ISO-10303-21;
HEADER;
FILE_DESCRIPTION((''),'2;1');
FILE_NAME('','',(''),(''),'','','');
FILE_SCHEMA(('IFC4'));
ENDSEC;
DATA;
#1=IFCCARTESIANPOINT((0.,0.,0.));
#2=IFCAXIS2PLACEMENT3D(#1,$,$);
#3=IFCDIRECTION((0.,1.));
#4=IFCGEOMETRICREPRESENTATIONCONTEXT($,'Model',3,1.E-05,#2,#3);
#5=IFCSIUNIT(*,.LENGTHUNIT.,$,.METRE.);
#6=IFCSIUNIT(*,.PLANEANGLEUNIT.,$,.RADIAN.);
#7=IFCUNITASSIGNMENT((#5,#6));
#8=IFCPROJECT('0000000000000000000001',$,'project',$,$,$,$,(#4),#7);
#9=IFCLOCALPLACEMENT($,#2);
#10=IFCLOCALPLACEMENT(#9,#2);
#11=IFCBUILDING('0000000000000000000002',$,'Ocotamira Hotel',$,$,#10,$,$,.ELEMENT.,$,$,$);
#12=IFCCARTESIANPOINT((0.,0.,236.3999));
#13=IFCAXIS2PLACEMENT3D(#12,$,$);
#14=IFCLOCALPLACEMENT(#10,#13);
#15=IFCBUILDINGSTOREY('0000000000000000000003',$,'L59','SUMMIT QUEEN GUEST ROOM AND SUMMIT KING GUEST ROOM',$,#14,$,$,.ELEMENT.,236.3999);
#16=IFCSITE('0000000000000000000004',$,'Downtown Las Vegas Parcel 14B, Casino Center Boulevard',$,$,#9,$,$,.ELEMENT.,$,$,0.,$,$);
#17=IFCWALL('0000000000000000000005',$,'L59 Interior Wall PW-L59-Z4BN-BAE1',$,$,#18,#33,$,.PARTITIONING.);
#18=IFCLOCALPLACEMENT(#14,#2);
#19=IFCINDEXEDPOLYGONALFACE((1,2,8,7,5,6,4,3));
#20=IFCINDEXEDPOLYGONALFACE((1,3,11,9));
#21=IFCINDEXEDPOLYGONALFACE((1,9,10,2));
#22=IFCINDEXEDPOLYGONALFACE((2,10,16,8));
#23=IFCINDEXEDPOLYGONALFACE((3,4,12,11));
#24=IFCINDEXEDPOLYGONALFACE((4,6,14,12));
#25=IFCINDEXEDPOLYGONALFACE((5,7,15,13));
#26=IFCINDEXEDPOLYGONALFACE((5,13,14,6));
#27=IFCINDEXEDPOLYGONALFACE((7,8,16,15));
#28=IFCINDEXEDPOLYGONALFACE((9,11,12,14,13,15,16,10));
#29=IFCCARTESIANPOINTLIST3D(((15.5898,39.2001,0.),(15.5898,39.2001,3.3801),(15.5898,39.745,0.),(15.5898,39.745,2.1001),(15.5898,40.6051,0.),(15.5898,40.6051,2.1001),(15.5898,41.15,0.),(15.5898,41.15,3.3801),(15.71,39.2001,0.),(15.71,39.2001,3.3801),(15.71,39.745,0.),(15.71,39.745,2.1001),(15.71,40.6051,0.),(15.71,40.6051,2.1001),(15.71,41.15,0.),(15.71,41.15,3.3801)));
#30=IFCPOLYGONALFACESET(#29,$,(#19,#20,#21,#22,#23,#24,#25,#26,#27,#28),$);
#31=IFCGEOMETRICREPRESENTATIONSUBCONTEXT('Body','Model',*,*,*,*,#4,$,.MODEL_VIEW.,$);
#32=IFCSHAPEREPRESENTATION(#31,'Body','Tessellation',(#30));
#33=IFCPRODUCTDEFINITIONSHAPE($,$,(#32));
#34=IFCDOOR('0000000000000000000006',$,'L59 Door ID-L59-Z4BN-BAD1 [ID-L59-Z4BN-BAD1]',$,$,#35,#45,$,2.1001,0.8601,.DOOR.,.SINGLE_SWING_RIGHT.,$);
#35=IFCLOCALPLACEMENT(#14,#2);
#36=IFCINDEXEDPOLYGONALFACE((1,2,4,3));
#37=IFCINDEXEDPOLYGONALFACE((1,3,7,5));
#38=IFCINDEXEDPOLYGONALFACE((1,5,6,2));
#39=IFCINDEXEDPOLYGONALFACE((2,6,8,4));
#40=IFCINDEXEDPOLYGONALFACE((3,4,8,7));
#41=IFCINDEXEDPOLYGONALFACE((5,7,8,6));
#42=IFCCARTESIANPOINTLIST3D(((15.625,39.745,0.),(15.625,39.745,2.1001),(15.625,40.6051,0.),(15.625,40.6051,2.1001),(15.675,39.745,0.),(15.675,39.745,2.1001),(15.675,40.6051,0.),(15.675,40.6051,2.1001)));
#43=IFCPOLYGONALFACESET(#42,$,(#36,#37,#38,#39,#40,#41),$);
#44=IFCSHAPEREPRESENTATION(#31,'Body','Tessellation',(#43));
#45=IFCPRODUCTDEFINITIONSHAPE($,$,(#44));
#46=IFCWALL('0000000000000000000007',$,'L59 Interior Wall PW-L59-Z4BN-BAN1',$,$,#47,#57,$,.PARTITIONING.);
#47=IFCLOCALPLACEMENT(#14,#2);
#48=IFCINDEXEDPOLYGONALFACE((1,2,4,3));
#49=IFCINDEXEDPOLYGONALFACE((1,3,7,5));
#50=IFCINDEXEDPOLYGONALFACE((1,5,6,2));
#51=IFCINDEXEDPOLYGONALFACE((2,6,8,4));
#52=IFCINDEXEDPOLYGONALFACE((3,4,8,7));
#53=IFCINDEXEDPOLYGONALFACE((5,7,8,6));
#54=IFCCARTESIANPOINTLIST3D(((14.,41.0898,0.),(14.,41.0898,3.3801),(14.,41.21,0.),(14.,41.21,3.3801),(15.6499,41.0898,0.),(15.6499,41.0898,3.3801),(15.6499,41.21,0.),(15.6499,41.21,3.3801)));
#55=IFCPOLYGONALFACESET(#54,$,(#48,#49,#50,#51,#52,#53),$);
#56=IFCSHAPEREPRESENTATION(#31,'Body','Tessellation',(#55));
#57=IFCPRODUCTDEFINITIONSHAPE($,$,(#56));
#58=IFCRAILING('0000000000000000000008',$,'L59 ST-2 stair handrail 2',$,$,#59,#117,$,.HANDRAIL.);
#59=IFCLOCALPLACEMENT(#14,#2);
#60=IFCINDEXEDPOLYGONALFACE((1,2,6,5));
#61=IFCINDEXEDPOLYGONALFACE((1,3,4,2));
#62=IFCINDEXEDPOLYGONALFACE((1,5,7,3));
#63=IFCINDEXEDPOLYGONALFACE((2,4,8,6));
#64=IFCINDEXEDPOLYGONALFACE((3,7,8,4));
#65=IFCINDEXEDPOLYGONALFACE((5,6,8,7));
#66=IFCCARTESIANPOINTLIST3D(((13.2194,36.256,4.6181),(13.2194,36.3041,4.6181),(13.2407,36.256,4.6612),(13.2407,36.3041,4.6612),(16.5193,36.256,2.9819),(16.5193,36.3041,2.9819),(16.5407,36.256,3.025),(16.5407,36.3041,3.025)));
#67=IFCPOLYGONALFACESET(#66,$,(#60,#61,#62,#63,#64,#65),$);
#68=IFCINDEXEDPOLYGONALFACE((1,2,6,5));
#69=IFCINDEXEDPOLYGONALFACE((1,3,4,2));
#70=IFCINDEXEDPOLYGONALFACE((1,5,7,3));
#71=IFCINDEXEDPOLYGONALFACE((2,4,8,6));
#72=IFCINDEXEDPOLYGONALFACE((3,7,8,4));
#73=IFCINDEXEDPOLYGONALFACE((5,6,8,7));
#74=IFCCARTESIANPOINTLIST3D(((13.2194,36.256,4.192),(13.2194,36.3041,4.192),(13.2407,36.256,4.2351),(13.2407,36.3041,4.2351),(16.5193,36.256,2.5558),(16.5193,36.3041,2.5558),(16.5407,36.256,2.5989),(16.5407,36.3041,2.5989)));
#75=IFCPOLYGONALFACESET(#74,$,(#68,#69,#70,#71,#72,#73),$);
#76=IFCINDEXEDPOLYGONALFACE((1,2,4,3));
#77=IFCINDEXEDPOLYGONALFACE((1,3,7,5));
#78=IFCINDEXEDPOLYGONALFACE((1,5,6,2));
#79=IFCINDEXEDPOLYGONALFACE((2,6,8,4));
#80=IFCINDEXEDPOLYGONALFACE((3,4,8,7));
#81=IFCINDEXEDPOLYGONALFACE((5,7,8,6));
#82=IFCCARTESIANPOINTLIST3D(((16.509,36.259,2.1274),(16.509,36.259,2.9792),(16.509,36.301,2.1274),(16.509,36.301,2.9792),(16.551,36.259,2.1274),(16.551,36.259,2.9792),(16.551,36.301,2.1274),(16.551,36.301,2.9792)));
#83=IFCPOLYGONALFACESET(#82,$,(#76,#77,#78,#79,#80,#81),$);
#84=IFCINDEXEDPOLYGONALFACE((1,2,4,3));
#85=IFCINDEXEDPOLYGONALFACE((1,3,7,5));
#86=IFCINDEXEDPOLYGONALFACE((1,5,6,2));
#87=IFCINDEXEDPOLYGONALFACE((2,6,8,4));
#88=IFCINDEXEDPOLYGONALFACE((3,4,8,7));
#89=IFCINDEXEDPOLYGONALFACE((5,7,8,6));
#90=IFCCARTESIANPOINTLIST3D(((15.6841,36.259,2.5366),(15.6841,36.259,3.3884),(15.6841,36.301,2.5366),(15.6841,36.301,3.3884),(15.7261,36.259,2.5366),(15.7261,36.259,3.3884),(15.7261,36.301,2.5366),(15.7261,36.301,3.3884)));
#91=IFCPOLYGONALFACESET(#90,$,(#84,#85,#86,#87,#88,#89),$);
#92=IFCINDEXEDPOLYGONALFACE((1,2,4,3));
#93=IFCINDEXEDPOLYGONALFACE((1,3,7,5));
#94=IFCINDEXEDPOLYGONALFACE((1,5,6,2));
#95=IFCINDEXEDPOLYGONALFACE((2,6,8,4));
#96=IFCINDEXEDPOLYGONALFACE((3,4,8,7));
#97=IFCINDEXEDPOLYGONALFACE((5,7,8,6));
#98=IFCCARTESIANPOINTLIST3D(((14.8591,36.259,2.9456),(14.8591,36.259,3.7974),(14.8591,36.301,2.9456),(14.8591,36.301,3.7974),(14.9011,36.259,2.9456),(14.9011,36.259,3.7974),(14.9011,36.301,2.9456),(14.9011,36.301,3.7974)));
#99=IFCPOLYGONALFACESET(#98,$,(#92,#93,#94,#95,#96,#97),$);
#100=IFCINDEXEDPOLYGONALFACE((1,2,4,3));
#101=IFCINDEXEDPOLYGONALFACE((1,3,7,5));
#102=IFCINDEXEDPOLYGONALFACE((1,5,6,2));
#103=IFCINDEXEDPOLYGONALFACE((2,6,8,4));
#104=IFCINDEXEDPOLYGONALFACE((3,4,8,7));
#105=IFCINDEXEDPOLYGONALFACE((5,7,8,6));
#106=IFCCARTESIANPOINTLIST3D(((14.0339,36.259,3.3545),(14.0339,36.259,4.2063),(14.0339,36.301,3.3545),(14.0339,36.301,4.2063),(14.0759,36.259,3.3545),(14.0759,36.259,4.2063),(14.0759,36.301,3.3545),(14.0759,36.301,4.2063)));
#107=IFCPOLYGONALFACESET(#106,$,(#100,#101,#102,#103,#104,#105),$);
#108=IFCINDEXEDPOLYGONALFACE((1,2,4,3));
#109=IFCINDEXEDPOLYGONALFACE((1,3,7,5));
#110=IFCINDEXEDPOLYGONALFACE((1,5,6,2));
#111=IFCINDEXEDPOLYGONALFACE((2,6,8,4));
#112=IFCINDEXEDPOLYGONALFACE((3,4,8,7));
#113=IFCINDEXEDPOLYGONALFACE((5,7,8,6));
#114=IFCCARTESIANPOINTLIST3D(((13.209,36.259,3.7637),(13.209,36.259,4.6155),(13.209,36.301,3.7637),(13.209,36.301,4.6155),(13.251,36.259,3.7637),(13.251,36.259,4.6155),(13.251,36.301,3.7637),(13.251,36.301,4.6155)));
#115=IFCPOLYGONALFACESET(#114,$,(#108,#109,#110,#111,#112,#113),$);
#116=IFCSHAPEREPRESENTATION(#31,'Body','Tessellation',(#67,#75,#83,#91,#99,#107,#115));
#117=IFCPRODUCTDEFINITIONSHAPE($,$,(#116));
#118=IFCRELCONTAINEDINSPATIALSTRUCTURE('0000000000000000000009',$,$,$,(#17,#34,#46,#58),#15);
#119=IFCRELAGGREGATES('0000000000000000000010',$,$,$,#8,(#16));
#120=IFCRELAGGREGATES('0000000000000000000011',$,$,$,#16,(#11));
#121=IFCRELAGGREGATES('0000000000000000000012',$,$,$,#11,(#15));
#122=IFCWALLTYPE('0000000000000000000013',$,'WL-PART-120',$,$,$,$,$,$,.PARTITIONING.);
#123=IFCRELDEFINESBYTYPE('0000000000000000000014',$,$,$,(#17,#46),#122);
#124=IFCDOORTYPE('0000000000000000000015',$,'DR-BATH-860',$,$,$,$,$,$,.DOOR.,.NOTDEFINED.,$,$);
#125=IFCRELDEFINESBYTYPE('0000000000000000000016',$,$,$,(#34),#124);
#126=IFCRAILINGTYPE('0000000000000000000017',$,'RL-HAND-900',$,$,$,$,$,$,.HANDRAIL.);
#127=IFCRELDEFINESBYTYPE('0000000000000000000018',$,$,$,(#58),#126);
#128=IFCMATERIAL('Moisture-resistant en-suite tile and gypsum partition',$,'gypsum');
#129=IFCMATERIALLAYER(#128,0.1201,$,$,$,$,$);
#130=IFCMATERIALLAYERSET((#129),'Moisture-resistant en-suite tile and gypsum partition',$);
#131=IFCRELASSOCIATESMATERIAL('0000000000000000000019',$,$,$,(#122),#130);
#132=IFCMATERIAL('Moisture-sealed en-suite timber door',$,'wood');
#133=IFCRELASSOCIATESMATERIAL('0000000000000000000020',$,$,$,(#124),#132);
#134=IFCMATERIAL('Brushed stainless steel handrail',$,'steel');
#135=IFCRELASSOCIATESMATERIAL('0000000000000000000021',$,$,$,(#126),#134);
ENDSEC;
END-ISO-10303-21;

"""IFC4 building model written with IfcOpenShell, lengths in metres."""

from ifc_helpers import new_model, si_unit, direction, frame, frame_2d, origin, origin_2d, place, context, subcontext, project, spatial, rectangle, extrude, source, transform, mapped, material, layer, layer_set, type_object, element, fill, save


model = new_model("IFC4")

# Units and contexts
model_context = context("Model", 3, precision=1e-05, world=origin(), true_north=direction((0.0, 1.0)))
body_context = subcontext(model_context, "Body", "Model", "MODEL_VIEW")
ifc_project = project(units=[si_unit("LENGTHUNIT", "METRE"), si_unit("PLANEANGLEUNIT", "RADIAN")], contexts=[model_context])

# Site, building, storey
site_placement = place(None, origin())
site = spatial("IfcSite", under=ifc_project, at=site_placement, Name="Downtown Las Vegas Parcel 14B, Casino Center Boulevard", CompositionType="ELEMENT", RefElevation=0.0)
building_placement = place(site_placement, origin())
building = spatial("IfcBuilding", under=site, at=building_placement, Name="Ocotamira Hotel", CompositionType="ELEMENT")
storey_placement = place(building_placement, frame((0.0, 0.0, 236.3999)))
storey = spatial("IfcBuildingStorey", under=building, at=storey_placement, Name="L59", Description="SUMMIT QUEEN GUEST ROOM AND SUMMIT KING GUEST ROOM", CompositionType="ELEMENT", Elevation=236.3999)

# Wall, opening, door
ifc_material_1 = material(Name="Moisture-resistant en-suite tile and gypsum partition", Category="gypsum")
ifc_layer_1 = layer(ifc_material_1, 0.1201)
ifc_layer_set_1 = layer_set([ifc_layer_1], Name="Moisture-resistant en-suite tile and gypsum partition")
wall_type_1 = type_object("IfcWallType", Name="WL-PART-120", PredefinedType="PARTITIONING", material=ifc_layer_set_1)
wall_1_placement = place(storey_placement, frame((15.6499, 39.2, 0.0), z_axis=(0.0, 0.0, 1.0), x_axis=(0.0, 1.0, 0.0)))
wall_1 = element("IfcWall", 1, at=wall_1_placement, inside=storey, type_object=wall_type_1, Name="L59 Interior Wall PW-L59-Z4BN-BAE1", PredefinedType="PARTITIONING", context=body_context, shape_type="SweptSolid", body=[
    extrude(rectangle(XDim=1.95, YDim=0.1201, at=frame_2d((0.9751, 0.0))), origin(), (0.0, 0.0, 1.0), 3.3801),
])
opening_placement = place(wall_1_placement, frame((0.5449, 0.0, 0.0)))
opening = element("IfcOpeningElement", 2, at=opening_placement, cuts=wall_1, PredefinedType="OPENING", context=body_context, shape_type="SweptSolid", body=[
    extrude(rectangle(XDim=0.8601, YDim=2.1001, at=frame_2d((0.4302, 1.05))), frame((0.0, 0.0701, 0.0), z_axis=(0.0, -1.0, 0.0), x_axis=(1.0, 0.0, 0.0)), (0.0, 0.0, 1.0), 0.1401),
])
ifc_material_2 = material(Name="Moisture-sealed en-suite timber door", Category="wood")
door_type = type_object("IfcDoorType", Name="DR-BATH-860", OperationType="NOTDEFINED", PredefinedType="DOOR", material=ifc_material_2)
shared_shape_1 = source(origin(), body_context, "Body", "SweptSolid", [
    extrude(rectangle(XDim=0.8601, YDim=2.1001, at=frame_2d((0.4302, 1.05))), frame((0.0, 0.0249, 0.0), z_axis=(0.0, -1.0, 0.0), x_axis=(1.0, 0.0, 0.0)), (0.0, 0.0, 1.0), 0.05),
])
door_placement = place(opening_placement, origin())
door = element("IfcDoor", 3, at=door_placement, inside=storey, type_object=door_type, Name="L59 Door ID-L59-Z4BN-BAD1 [ID-L59-Z4BN-BAD1]", OperationType="SINGLE_SWING_RIGHT", OverallHeight=2.1001, OverallWidth=0.8601, PredefinedType="DOOR", context=body_context, shape_type="MappedRepresentation", body=[
    mapped(shared_shape_1, transform((0.0, 0.0, 0.0), scale=1.0)),
])
fill(opening, door)

# Wall
wall_2_placement = place(storey_placement, frame((14.0, 41.1499, 0.0), z_axis=(0.0, 0.0, 1.0), x_axis=(1.0, 0.0, 0.0)))
element("IfcWall", 4, at=wall_2_placement, inside=storey, type_object=wall_type_1, Name="L59 Interior Wall PW-L59-Z4BN-BAN1", PredefinedType="PARTITIONING", context=body_context, shape_type="SweptSolid", body=[
    extrude(rectangle(XDim=1.6499, YDim=0.1201, at=frame_2d((0.825, 0.0))), origin(), (0.0, 0.0, 1.0), 3.3801),
])

# Railing
ifc_material_3 = material(Name="Brushed stainless steel handrail", Category="steel")
railing_type = type_object("IfcRailingType", Name="RL-HAND-900", PredefinedType="HANDRAIL", material=ifc_material_3)
railing_placement = place(storey_placement, frame((16.53, 36.28, 2.1274)))
element("IfcRailing", 5, at=railing_placement, inside=storey, type_object=railing_type, Name="L59 ST-2 stair handrail 2", PredefinedType="HANDRAIL", context=body_context, shape_type="SweptSolid", body=[
    extrude(rectangle(XDim=0.0481, YDim=0.0481, at=origin_2d()), frame((0.0, 0.0, 0.876), z_axis=(-0.89592, 0.0, 0.444215), x_axis=(0.0, -1.0, 0.0)), (0.0, 0.0, 1.0), 3.6833),
    extrude(rectangle(XDim=0.0481, YDim=0.0481, at=origin_2d()), frame((0.0, 0.0, 0.45), z_axis=(-0.89592, 0.0, 0.444215), x_axis=(0.0, -1.0, 0.0)), (0.0, 0.0, 1.0), 3.6833),
    extrude(rectangle(XDim=0.042, YDim=0.042, at=origin_2d()), origin(), (0.0, 0.0, 1.0), 0.8518),
    extrude(rectangle(XDim=0.042, YDim=0.042, at=origin_2d()), frame((-0.825, 0.0, 0.4092)), (0.0, 0.0, 1.0), 0.8518),
    extrude(rectangle(XDim=0.042, YDim=0.042, at=origin_2d()), frame((-1.6499, 0.0, 0.8181)), (0.0, 0.0, 1.0), 0.8518),
    extrude(rectangle(XDim=0.042, YDim=0.042, at=origin_2d()), frame((-2.4751, 0.0, 1.2271)), (0.0, 0.0, 1.0), 0.8518),
    extrude(rectangle(XDim=0.042, YDim=0.042, at=origin_2d()), frame((-3.3, 0.0, 1.6362)), (0.0, 0.0, 1.0), 0.8518),
])

save(model, "model.ifc")
